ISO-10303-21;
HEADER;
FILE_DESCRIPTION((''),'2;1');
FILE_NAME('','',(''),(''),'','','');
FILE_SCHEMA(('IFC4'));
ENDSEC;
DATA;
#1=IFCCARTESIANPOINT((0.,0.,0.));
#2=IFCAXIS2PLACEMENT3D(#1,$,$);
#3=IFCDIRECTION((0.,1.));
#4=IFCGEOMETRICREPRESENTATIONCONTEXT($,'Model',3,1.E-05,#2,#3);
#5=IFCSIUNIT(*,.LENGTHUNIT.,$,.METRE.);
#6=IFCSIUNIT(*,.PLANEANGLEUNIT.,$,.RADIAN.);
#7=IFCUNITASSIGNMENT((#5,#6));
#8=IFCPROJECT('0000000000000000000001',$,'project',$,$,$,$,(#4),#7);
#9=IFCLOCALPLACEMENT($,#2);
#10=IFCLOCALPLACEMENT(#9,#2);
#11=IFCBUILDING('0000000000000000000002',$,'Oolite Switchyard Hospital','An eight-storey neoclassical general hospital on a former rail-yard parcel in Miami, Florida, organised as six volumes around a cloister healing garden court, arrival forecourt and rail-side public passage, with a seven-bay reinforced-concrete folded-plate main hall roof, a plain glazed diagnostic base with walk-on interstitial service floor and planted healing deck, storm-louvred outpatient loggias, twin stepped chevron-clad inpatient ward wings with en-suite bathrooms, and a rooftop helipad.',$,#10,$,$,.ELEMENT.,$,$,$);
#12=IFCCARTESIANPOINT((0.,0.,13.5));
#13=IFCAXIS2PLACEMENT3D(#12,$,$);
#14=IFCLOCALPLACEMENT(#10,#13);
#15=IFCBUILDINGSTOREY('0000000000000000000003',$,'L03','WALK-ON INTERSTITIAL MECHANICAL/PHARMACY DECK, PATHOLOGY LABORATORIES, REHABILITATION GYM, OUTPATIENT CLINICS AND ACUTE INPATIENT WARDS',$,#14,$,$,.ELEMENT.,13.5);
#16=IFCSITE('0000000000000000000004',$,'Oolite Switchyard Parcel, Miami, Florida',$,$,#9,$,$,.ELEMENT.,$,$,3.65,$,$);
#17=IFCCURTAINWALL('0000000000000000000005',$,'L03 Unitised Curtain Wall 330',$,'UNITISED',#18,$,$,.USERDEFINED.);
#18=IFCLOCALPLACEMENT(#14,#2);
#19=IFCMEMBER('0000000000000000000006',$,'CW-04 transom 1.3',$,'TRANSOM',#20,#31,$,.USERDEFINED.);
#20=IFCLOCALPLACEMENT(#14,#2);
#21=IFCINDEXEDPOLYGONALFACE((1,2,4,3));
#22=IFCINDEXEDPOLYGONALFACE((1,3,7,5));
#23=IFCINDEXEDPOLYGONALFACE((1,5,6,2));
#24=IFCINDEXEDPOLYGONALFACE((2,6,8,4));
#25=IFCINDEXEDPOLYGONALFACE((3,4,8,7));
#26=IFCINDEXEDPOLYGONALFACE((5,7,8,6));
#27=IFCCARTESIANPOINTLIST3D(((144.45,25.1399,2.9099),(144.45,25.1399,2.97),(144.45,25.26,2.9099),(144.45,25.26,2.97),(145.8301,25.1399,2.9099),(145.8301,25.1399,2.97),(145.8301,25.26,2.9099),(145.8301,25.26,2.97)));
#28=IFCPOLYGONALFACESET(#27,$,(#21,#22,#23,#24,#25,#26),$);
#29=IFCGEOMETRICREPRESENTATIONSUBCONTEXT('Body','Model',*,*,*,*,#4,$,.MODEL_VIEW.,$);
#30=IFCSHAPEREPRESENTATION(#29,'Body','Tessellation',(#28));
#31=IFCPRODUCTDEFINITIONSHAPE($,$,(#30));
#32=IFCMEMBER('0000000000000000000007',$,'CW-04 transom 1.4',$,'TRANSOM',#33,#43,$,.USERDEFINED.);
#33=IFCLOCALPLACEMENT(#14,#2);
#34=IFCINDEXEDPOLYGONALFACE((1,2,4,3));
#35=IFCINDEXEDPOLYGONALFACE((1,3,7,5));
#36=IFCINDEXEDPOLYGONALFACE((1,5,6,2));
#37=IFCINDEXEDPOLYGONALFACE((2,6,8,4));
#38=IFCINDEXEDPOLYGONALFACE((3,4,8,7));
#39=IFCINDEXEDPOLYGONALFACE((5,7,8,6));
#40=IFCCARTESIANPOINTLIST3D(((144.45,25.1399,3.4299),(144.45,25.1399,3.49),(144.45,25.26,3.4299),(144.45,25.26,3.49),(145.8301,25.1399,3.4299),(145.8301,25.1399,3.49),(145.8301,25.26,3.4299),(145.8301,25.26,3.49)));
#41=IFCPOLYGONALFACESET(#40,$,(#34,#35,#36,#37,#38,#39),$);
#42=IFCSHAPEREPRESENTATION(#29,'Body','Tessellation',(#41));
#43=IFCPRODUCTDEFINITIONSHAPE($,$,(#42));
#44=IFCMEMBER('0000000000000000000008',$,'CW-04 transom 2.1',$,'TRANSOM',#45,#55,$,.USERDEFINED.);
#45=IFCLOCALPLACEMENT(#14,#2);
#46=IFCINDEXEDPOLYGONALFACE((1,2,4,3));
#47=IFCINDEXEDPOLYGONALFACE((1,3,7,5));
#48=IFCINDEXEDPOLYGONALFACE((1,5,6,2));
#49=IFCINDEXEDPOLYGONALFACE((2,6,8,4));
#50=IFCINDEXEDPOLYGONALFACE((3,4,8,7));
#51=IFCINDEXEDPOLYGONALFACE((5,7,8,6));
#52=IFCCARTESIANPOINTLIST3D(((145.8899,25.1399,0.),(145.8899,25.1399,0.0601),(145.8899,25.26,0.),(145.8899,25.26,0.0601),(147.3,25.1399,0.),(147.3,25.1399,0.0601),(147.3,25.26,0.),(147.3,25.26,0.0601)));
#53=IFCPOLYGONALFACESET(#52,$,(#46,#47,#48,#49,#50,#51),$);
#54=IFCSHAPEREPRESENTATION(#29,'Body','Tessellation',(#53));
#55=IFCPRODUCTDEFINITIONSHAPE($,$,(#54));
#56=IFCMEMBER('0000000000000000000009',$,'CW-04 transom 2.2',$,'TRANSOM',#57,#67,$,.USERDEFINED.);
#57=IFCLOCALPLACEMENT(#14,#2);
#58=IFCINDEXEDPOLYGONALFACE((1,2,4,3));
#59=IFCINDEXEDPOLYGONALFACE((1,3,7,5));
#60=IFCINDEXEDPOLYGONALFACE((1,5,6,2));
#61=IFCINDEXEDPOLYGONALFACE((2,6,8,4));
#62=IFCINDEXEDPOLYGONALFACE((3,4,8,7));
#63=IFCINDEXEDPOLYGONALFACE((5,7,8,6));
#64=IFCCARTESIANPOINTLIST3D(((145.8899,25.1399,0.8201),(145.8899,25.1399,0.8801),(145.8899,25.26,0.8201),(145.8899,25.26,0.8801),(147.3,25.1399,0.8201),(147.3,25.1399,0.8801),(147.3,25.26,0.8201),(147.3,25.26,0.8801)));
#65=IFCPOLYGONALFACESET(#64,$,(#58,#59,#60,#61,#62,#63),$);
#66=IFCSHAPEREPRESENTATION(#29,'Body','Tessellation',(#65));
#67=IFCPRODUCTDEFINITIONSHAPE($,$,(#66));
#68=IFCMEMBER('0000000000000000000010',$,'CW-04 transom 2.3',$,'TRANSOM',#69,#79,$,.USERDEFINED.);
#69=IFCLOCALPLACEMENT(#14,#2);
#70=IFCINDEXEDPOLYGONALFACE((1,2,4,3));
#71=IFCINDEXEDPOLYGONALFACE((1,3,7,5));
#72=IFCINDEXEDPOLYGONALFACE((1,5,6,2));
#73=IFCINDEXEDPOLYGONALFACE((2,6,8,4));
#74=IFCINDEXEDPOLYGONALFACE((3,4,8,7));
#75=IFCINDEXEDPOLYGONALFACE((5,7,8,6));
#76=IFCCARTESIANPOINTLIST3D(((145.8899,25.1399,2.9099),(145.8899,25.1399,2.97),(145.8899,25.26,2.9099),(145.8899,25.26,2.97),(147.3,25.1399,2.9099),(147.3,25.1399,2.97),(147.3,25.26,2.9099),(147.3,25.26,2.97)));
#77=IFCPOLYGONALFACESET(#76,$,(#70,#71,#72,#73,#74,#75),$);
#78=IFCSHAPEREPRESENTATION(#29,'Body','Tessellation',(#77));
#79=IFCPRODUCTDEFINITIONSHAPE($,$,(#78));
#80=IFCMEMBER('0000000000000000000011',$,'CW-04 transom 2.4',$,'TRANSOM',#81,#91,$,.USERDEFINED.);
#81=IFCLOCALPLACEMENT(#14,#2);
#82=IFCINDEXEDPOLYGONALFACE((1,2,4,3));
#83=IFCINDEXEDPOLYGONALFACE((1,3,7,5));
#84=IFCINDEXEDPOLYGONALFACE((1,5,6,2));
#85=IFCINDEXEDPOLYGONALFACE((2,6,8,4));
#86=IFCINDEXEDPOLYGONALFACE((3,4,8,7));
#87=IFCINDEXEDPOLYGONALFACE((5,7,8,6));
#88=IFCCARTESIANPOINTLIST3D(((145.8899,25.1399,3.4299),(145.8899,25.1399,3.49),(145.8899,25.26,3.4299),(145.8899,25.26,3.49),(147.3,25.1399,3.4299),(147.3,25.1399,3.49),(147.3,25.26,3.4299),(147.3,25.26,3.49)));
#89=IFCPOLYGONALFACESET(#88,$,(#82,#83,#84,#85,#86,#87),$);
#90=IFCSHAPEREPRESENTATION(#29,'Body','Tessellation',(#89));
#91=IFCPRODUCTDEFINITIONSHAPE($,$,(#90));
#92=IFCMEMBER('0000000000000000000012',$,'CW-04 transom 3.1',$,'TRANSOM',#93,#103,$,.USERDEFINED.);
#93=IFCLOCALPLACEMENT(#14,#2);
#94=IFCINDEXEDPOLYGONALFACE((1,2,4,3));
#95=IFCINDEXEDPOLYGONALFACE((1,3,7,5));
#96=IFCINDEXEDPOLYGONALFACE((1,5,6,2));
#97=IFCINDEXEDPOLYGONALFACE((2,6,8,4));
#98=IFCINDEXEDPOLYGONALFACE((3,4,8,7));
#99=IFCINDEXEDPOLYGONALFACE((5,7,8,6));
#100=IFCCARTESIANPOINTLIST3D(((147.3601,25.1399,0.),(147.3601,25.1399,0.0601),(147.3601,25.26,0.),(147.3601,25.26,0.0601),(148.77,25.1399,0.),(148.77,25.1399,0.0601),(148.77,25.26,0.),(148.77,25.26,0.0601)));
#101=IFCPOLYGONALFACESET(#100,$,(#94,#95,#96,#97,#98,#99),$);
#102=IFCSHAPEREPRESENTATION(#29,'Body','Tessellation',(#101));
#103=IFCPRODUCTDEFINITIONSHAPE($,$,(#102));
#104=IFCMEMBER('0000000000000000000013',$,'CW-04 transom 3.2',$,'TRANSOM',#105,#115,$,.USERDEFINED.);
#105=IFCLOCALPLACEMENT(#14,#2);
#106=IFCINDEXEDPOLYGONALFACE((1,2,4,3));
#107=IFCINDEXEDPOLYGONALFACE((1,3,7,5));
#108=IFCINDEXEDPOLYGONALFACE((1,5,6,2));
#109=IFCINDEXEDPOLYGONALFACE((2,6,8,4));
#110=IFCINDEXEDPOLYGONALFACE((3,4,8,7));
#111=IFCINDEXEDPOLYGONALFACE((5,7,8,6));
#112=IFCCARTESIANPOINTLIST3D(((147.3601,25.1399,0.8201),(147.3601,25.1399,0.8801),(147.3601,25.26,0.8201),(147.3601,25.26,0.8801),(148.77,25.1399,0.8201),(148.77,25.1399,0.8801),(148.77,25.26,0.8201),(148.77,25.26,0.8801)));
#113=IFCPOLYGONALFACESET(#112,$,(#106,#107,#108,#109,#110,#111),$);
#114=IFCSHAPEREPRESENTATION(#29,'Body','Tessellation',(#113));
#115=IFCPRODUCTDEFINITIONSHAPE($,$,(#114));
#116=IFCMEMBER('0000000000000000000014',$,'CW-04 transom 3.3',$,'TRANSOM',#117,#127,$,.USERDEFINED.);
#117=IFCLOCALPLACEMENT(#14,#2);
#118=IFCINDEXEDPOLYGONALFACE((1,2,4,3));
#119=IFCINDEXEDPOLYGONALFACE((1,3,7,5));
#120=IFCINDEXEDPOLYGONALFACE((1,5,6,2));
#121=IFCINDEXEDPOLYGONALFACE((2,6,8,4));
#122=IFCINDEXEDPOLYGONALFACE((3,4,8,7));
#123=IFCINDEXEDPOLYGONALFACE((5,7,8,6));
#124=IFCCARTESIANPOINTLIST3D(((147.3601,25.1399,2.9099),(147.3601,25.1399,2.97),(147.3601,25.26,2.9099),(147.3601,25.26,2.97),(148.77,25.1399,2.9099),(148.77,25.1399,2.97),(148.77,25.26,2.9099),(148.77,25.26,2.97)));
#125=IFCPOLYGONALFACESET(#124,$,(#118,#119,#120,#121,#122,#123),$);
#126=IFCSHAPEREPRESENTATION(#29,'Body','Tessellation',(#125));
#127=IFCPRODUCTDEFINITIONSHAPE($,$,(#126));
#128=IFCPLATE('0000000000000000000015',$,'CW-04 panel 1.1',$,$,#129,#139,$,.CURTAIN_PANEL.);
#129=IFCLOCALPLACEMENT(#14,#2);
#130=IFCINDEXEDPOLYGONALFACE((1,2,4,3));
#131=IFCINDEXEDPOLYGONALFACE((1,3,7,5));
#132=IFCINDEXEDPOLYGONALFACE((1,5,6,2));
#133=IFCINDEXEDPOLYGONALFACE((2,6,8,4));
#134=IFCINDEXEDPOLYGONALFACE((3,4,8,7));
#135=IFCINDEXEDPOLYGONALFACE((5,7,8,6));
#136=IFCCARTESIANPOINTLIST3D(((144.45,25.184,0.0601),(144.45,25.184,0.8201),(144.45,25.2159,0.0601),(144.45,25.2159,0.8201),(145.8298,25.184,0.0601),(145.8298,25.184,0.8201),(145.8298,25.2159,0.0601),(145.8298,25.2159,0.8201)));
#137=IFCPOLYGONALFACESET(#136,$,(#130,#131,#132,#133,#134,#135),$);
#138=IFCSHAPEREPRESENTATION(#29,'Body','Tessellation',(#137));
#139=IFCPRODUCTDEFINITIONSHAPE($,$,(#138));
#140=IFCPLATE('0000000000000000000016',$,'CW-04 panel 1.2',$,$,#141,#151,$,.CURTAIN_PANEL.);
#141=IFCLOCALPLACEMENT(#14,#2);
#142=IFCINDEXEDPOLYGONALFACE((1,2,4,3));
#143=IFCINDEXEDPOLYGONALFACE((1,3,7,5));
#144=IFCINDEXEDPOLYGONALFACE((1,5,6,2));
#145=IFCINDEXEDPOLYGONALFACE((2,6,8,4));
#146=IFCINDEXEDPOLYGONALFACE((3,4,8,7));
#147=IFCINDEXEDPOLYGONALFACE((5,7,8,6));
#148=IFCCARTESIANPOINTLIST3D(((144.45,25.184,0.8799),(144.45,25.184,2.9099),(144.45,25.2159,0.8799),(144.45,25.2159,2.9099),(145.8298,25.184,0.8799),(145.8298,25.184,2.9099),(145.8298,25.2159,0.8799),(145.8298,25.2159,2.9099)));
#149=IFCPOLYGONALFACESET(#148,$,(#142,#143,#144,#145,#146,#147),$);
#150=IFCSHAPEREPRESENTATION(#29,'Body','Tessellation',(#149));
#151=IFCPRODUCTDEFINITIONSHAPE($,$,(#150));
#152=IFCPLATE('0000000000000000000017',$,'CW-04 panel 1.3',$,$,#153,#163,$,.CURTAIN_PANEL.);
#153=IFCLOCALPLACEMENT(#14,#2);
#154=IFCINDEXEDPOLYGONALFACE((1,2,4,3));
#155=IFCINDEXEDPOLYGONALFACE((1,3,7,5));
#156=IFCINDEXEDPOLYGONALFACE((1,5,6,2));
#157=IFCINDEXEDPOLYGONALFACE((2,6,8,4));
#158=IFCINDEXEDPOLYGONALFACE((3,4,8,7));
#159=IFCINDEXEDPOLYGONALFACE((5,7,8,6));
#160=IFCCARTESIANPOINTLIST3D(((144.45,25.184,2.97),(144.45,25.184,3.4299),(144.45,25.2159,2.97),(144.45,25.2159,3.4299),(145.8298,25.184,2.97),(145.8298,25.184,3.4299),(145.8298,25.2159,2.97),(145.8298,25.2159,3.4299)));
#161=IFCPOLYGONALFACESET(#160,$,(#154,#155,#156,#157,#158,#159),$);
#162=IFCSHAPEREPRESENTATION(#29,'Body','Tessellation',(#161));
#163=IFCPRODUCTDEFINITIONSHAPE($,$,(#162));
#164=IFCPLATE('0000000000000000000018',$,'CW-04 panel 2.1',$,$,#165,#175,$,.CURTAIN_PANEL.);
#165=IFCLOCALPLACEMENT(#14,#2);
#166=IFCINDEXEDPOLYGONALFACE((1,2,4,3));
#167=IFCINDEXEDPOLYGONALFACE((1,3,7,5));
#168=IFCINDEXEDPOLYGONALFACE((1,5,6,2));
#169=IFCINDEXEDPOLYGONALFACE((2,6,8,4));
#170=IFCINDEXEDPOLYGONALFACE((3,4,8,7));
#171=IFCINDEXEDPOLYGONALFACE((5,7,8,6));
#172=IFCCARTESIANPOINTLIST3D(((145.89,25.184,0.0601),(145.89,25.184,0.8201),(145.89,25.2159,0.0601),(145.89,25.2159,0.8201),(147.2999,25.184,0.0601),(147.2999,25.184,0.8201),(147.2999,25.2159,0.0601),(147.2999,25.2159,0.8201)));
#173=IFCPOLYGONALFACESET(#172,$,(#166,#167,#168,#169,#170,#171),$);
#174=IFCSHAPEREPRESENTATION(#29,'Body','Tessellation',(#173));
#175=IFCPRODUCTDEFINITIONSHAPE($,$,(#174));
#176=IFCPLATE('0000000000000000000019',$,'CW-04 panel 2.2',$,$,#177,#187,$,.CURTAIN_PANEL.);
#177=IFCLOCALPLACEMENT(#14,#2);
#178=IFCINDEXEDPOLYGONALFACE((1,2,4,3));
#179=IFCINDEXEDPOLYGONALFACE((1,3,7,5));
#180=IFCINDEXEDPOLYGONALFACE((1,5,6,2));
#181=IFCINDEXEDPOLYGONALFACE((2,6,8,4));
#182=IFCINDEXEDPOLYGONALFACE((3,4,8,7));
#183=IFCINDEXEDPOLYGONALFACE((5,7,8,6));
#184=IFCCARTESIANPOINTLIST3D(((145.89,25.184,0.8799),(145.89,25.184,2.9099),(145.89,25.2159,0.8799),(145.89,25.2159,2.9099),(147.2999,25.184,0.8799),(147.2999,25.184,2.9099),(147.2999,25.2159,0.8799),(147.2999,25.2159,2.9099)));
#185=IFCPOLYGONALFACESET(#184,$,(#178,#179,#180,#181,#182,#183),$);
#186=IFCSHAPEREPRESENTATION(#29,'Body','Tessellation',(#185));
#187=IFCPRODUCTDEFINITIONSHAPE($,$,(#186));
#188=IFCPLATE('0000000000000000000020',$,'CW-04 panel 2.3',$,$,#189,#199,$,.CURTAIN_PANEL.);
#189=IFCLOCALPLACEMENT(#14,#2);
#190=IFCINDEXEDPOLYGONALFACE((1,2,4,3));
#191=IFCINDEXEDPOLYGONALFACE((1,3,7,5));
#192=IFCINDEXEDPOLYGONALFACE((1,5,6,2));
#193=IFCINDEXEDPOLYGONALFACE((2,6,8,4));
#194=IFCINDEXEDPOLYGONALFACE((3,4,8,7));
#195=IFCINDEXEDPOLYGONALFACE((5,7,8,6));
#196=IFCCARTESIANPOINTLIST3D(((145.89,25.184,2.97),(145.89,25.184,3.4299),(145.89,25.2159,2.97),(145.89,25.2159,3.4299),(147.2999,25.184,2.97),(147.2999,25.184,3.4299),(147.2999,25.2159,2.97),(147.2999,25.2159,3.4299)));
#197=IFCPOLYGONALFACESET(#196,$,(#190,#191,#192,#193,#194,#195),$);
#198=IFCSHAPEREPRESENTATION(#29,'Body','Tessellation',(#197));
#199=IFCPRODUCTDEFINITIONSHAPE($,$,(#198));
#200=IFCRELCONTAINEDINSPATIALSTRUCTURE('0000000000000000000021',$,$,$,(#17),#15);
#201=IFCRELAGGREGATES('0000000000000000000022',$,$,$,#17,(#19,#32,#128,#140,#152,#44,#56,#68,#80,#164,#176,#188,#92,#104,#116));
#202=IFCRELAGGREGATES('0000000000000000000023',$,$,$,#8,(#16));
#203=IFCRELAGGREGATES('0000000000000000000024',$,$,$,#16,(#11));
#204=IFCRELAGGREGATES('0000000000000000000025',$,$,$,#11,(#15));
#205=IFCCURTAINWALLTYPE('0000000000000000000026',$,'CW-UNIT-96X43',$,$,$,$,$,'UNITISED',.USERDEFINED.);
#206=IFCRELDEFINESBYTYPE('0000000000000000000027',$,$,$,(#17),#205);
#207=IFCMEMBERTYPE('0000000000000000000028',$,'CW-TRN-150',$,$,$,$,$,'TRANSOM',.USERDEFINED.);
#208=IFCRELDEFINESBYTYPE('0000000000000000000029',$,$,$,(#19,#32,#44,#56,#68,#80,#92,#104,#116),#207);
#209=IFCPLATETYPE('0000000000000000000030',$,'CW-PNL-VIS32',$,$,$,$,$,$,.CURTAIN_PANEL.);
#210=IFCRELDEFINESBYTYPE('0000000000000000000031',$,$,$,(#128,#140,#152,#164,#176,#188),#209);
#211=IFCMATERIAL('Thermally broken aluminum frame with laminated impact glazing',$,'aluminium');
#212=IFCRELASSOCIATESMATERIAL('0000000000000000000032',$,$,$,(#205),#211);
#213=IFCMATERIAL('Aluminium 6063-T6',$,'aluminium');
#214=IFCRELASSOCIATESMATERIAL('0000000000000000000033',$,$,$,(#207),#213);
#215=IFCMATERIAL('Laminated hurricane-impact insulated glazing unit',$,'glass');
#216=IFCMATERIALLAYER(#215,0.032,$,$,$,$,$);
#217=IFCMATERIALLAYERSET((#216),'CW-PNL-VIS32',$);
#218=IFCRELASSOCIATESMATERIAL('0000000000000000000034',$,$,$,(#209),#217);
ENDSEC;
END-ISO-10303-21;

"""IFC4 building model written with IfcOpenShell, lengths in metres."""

from ifc_helpers import new_model, si_unit, direction, frame, origin, origin_2d, place, context, subcontext, project, spatial, rectangle, extrude, material, layer, layer_set, material_profile, profile_set, type_object, element, aggregate, save


model = new_model("IFC4")

# Units and contexts
model_context = context("Model", 3, precision=1e-05, world=origin(), true_north=direction((0.0, 1.0)))
body_context = subcontext(model_context, "Body", "Model", "MODEL_VIEW")
ifc_project = project(units=[si_unit("LENGTHUNIT", "METRE"), si_unit("PLANEANGLEUNIT", "RADIAN")], contexts=[model_context])

# Site, building, storey
site_placement = place(None, origin())
site = spatial("IfcSite", under=ifc_project, at=site_placement, Name="Oolite Switchyard Parcel, Miami, Florida", CompositionType="ELEMENT", RefElevation=3.65)
building_placement = place(site_placement, origin())
building = spatial("IfcBuilding", under=site, at=building_placement, Name="Oolite Switchyard Hospital", Description="An eight-storey neoclassical general hospital on a former rail-yard parcel in Miami, Florida, organised as six volumes around a cloister healing garden court, arrival forecourt and rail-side public passage, with a seven-bay reinforced-concrete folded-plate main hall roof, a plain glazed diagnostic base with walk-on interstitial service floor and planted healing deck, storm-louvred outpatient loggias, twin stepped chevron-clad inpatient ward wings with en-suite bathrooms, and a rooftop helipad.", CompositionType="ELEMENT")
storey_placement = place(building_placement, frame((0.0, 0.0, 13.5)))
storey = spatial("IfcBuildingStorey", under=building, at=storey_placement, Name="L03", Description="WALK-ON INTERSTITIAL MECHANICAL/PHARMACY DECK, PATHOLOGY LABORATORIES, REHABILITATION GYM, OUTPATIENT CLINICS AND ACUTE INPATIENT WARDS", CompositionType="ELEMENT", Elevation=13.5)

# Curtain wall, members, plates
ifc_material_1 = material(Name="Thermally broken aluminum frame with laminated impact glazing", Category="aluminium")
curtain_wall_type = type_object("IfcCurtainWallType", Name="CW-UNIT-96X43", ElementType="UNITISED", PredefinedType="USERDEFINED", material=ifc_material_1)
curtain_wall_placement = place(storey_placement, origin())
curtain_wall = element("IfcCurtainWall", 1, at=curtain_wall_placement, inside=storey, type_object=curtain_wall_type, Name="L03 Unitised Curtain Wall 330", ObjectType="UNITISED", PredefinedType="USERDEFINED")
ifc_material_2 = material(Name="Aluminium 6063-T6", Category="aluminium")
ifc_material_profile_1 = material_profile(ifc_material_2, rectangle(XDim=0.1201, YDim=0.0601, at=origin_2d()), Name="CWT60X120")
ifc_profile_set_1 = profile_set([ifc_material_profile_1], Name="Aluminium 6063-T6")
member_type_1 = type_object("IfcMemberType", Name="CW-TRN-150", ElementType="TRANSOM", PredefinedType="USERDEFINED", material=ifc_profile_set_1)
member_1_placement = place(storey_placement, frame((144.45, 25.2, 2.9399), z_axis=(1.0, 0.0, 0.0), x_axis=(0.0, 1.0, 0.0)))
member_1 = element("IfcMember", 2, at=member_1_placement, type_object=member_type_1, Name="CW-04 transom 1.3", ObjectType="TRANSOM", PredefinedType="USERDEFINED", context=body_context, shape_type="SweptSolid", body=[
    extrude(rectangle(XDim=0.1201, YDim=0.0601, at=origin_2d()), origin(), (0.0, 0.0, 1.0), 1.3801),
])
member_2_placement = place(storey_placement, frame((144.45, 25.2, 3.46), z_axis=(1.0, 0.0, 0.0), x_axis=(0.0, 1.0, 0.0)))
member_2 = element("IfcMember", 3, at=member_2_placement, type_object=member_type_1, Name="CW-04 transom 1.4", ObjectType="TRANSOM", PredefinedType="USERDEFINED", context=body_context, shape_type="SweptSolid", body=[
    extrude(rectangle(XDim=0.1201, YDim=0.0601, at=origin_2d()), origin(), (0.0, 0.0, 1.0), 1.3801),
])
member_3_placement = place(storey_placement, frame((145.8899, 25.2, 0.03), z_axis=(1.0, 0.0, 0.0), x_axis=(0.0, 1.0, 0.0)))
member_3 = element("IfcMember", 4, at=member_3_placement, type_object=member_type_1, Name="CW-04 transom 2.1", ObjectType="TRANSOM", PredefinedType="USERDEFINED", context=body_context, shape_type="SweptSolid", body=[
    extrude(rectangle(XDim=0.1201, YDim=0.0601, at=origin_2d()), origin(), (0.0, 0.0, 1.0), 1.4102),
])
member_4_placement = place(storey_placement, frame((145.8899, 25.2, 0.8501), z_axis=(1.0, 0.0, 0.0), x_axis=(0.0, 1.0, 0.0)))
member_4 = element("IfcMember", 5, at=member_4_placement, type_object=member_type_1, Name="CW-04 transom 2.2", ObjectType="TRANSOM", PredefinedType="USERDEFINED", context=body_context, shape_type="SweptSolid", body=[
    extrude(rectangle(XDim=0.1201, YDim=0.0601, at=origin_2d()), origin(), (0.0, 0.0, 1.0), 1.4102),
])
member_5_placement = place(storey_placement, frame((145.8899, 25.2, 2.9399), z_axis=(1.0, 0.0, 0.0), x_axis=(0.0, 1.0, 0.0)))
member_5 = element("IfcMember", 6, at=member_5_placement, type_object=member_type_1, Name="CW-04 transom 2.3", ObjectType="TRANSOM", PredefinedType="USERDEFINED", context=body_context, shape_type="SweptSolid", body=[
    extrude(rectangle(XDim=0.1201, YDim=0.0601, at=origin_2d()), origin(), (0.0, 0.0, 1.0), 1.4102),
])
member_6_placement = place(storey_placement, frame((145.8899, 25.2, 3.46), z_axis=(1.0, 0.0, 0.0), x_axis=(0.0, 1.0, 0.0)))
member_6 = element("IfcMember", 7, at=member_6_placement, type_object=member_type_1, Name="CW-04 transom 2.4", ObjectType="TRANSOM", PredefinedType="USERDEFINED", context=body_context, shape_type="SweptSolid", body=[
    extrude(rectangle(XDim=0.1201, YDim=0.0601, at=origin_2d()), origin(), (0.0, 0.0, 1.0), 1.4102),
])
member_7_placement = place(storey_placement, frame((147.3601, 25.2, 0.03), z_axis=(1.0, 0.0, 0.0), x_axis=(0.0, 1.0, 0.0)))
member_7 = element("IfcMember", 8, at=member_7_placement, type_object=member_type_1, Name="CW-04 transom 3.1", ObjectType="TRANSOM", PredefinedType="USERDEFINED", context=body_context, shape_type="SweptSolid", body=[
    extrude(rectangle(XDim=0.1201, YDim=0.0601, at=origin_2d()), origin(), (0.0, 0.0, 1.0), 1.4099),
])
member_8_placement = place(storey_placement, frame((147.3601, 25.2, 0.8501), z_axis=(1.0, 0.0, 0.0), x_axis=(0.0, 1.0, 0.0)))
member_8 = element("IfcMember", 9, at=member_8_placement, type_object=member_type_1, Name="CW-04 transom 3.2", ObjectType="TRANSOM", PredefinedType="USERDEFINED", context=body_context, shape_type="SweptSolid", body=[
    extrude(rectangle(XDim=0.1201, YDim=0.0601, at=origin_2d()), origin(), (0.0, 0.0, 1.0), 1.4099),
])
member_9_placement = place(storey_placement, frame((147.3601, 25.2, 2.9399), z_axis=(1.0, 0.0, 0.0), x_axis=(0.0, 1.0, 0.0)))
member_9 = element("IfcMember", 10, at=member_9_placement, type_object=member_type_1, Name="CW-04 transom 3.3", ObjectType="TRANSOM", PredefinedType="USERDEFINED", context=body_context, shape_type="SweptSolid", body=[
    extrude(rectangle(XDim=0.1201, YDim=0.0601, at=origin_2d()), origin(), (0.0, 0.0, 1.0), 1.4099),
])
ifc_material_3 = material(Name="Laminated hurricane-impact insulated glazing unit", Category="glass")
ifc_layer_1 = layer(ifc_material_3, 0.032)
ifc_layer_set_1 = layer_set([ifc_layer_1], Name="CW-PNL-VIS32")
plate_type = type_object("IfcPlateType", Name="CW-PNL-VIS32", PredefinedType="CURTAIN_PANEL", material=ifc_layer_set_1)
plate_1_placement = place(storey_placement, frame((145.1399, 25.2, 0.0601), z_axis=(0.0, 0.0, 1.0), x_axis=(1.0, 0.0, 0.0)))
plate_1 = element("IfcPlate", 11, at=plate_1_placement, type_object=plate_type, Name="CW-04 panel 1.1", PredefinedType="CURTAIN_PANEL", context=body_context, shape_type="SweptSolid", body=[
    extrude(rectangle(XDim=1.3799, YDim=0.032, at=origin_2d()), origin(), (0.0, 0.0, 1.0), 0.76),
])
plate_2_placement = place(storey_placement, frame((145.1399, 25.2, 0.8799), z_axis=(0.0, 0.0, 1.0), x_axis=(1.0, 0.0, 0.0)))
plate_2 = element("IfcPlate", 12, at=plate_2_placement, type_object=plate_type, Name="CW-04 panel 1.2", PredefinedType="CURTAIN_PANEL", context=body_context, shape_type="SweptSolid", body=[
    extrude(rectangle(XDim=1.3799, YDim=0.032, at=origin_2d()), origin(), (0.0, 0.0, 1.0), 2.03),
])
plate_3_placement = place(storey_placement, frame((145.1399, 25.2, 2.97), z_axis=(0.0, 0.0, 1.0), x_axis=(1.0, 0.0, 0.0)))
plate_3 = element("IfcPlate", 13, at=plate_3_placement, type_object=plate_type, Name="CW-04 panel 1.3", PredefinedType="CURTAIN_PANEL", context=body_context, shape_type="SweptSolid", body=[
    extrude(rectangle(XDim=1.3799, YDim=0.032, at=origin_2d()), origin(), (0.0, 0.0, 1.0), 0.46),
])
plate_4_placement = place(storey_placement, frame((146.595, 25.2, 0.0601), z_axis=(0.0, 0.0, 1.0), x_axis=(1.0, 0.0, 0.0)))
plate_4 = element("IfcPlate", 14, at=plate_4_placement, type_object=plate_type, Name="CW-04 panel 2.1", PredefinedType="CURTAIN_PANEL", context=body_context, shape_type="SweptSolid", body=[
    extrude(rectangle(XDim=1.4099, YDim=0.032, at=origin_2d()), origin(), (0.0, 0.0, 1.0), 0.76),
])
plate_5_placement = place(storey_placement, frame((146.595, 25.2, 0.8799), z_axis=(0.0, 0.0, 1.0), x_axis=(1.0, 0.0, 0.0)))
plate_5 = element("IfcPlate", 15, at=plate_5_placement, type_object=plate_type, Name="CW-04 panel 2.2", PredefinedType="CURTAIN_PANEL", context=body_context, shape_type="SweptSolid", body=[
    extrude(rectangle(XDim=1.4099, YDim=0.032, at=origin_2d()), origin(), (0.0, 0.0, 1.0), 2.03),
])
plate_6_placement = place(storey_placement, frame((146.595, 25.2, 2.97), z_axis=(0.0, 0.0, 1.0), x_axis=(1.0, 0.0, 0.0)))
plate_6 = element("IfcPlate", 16, at=plate_6_placement, type_object=plate_type, Name="CW-04 panel 2.3", PredefinedType="CURTAIN_PANEL", context=body_context, shape_type="SweptSolid", body=[
    extrude(rectangle(XDim=1.4099, YDim=0.032, at=origin_2d()), origin(), (0.0, 0.0, 1.0), 0.46),
])
aggregate(curtain_wall, [member_1, member_2, plate_1, plate_2, plate_3, member_3, member_4, member_5, member_6, plate_4, plate_5, plate_6, member_7, member_8, member_9])

save(model, "model.ifc")
